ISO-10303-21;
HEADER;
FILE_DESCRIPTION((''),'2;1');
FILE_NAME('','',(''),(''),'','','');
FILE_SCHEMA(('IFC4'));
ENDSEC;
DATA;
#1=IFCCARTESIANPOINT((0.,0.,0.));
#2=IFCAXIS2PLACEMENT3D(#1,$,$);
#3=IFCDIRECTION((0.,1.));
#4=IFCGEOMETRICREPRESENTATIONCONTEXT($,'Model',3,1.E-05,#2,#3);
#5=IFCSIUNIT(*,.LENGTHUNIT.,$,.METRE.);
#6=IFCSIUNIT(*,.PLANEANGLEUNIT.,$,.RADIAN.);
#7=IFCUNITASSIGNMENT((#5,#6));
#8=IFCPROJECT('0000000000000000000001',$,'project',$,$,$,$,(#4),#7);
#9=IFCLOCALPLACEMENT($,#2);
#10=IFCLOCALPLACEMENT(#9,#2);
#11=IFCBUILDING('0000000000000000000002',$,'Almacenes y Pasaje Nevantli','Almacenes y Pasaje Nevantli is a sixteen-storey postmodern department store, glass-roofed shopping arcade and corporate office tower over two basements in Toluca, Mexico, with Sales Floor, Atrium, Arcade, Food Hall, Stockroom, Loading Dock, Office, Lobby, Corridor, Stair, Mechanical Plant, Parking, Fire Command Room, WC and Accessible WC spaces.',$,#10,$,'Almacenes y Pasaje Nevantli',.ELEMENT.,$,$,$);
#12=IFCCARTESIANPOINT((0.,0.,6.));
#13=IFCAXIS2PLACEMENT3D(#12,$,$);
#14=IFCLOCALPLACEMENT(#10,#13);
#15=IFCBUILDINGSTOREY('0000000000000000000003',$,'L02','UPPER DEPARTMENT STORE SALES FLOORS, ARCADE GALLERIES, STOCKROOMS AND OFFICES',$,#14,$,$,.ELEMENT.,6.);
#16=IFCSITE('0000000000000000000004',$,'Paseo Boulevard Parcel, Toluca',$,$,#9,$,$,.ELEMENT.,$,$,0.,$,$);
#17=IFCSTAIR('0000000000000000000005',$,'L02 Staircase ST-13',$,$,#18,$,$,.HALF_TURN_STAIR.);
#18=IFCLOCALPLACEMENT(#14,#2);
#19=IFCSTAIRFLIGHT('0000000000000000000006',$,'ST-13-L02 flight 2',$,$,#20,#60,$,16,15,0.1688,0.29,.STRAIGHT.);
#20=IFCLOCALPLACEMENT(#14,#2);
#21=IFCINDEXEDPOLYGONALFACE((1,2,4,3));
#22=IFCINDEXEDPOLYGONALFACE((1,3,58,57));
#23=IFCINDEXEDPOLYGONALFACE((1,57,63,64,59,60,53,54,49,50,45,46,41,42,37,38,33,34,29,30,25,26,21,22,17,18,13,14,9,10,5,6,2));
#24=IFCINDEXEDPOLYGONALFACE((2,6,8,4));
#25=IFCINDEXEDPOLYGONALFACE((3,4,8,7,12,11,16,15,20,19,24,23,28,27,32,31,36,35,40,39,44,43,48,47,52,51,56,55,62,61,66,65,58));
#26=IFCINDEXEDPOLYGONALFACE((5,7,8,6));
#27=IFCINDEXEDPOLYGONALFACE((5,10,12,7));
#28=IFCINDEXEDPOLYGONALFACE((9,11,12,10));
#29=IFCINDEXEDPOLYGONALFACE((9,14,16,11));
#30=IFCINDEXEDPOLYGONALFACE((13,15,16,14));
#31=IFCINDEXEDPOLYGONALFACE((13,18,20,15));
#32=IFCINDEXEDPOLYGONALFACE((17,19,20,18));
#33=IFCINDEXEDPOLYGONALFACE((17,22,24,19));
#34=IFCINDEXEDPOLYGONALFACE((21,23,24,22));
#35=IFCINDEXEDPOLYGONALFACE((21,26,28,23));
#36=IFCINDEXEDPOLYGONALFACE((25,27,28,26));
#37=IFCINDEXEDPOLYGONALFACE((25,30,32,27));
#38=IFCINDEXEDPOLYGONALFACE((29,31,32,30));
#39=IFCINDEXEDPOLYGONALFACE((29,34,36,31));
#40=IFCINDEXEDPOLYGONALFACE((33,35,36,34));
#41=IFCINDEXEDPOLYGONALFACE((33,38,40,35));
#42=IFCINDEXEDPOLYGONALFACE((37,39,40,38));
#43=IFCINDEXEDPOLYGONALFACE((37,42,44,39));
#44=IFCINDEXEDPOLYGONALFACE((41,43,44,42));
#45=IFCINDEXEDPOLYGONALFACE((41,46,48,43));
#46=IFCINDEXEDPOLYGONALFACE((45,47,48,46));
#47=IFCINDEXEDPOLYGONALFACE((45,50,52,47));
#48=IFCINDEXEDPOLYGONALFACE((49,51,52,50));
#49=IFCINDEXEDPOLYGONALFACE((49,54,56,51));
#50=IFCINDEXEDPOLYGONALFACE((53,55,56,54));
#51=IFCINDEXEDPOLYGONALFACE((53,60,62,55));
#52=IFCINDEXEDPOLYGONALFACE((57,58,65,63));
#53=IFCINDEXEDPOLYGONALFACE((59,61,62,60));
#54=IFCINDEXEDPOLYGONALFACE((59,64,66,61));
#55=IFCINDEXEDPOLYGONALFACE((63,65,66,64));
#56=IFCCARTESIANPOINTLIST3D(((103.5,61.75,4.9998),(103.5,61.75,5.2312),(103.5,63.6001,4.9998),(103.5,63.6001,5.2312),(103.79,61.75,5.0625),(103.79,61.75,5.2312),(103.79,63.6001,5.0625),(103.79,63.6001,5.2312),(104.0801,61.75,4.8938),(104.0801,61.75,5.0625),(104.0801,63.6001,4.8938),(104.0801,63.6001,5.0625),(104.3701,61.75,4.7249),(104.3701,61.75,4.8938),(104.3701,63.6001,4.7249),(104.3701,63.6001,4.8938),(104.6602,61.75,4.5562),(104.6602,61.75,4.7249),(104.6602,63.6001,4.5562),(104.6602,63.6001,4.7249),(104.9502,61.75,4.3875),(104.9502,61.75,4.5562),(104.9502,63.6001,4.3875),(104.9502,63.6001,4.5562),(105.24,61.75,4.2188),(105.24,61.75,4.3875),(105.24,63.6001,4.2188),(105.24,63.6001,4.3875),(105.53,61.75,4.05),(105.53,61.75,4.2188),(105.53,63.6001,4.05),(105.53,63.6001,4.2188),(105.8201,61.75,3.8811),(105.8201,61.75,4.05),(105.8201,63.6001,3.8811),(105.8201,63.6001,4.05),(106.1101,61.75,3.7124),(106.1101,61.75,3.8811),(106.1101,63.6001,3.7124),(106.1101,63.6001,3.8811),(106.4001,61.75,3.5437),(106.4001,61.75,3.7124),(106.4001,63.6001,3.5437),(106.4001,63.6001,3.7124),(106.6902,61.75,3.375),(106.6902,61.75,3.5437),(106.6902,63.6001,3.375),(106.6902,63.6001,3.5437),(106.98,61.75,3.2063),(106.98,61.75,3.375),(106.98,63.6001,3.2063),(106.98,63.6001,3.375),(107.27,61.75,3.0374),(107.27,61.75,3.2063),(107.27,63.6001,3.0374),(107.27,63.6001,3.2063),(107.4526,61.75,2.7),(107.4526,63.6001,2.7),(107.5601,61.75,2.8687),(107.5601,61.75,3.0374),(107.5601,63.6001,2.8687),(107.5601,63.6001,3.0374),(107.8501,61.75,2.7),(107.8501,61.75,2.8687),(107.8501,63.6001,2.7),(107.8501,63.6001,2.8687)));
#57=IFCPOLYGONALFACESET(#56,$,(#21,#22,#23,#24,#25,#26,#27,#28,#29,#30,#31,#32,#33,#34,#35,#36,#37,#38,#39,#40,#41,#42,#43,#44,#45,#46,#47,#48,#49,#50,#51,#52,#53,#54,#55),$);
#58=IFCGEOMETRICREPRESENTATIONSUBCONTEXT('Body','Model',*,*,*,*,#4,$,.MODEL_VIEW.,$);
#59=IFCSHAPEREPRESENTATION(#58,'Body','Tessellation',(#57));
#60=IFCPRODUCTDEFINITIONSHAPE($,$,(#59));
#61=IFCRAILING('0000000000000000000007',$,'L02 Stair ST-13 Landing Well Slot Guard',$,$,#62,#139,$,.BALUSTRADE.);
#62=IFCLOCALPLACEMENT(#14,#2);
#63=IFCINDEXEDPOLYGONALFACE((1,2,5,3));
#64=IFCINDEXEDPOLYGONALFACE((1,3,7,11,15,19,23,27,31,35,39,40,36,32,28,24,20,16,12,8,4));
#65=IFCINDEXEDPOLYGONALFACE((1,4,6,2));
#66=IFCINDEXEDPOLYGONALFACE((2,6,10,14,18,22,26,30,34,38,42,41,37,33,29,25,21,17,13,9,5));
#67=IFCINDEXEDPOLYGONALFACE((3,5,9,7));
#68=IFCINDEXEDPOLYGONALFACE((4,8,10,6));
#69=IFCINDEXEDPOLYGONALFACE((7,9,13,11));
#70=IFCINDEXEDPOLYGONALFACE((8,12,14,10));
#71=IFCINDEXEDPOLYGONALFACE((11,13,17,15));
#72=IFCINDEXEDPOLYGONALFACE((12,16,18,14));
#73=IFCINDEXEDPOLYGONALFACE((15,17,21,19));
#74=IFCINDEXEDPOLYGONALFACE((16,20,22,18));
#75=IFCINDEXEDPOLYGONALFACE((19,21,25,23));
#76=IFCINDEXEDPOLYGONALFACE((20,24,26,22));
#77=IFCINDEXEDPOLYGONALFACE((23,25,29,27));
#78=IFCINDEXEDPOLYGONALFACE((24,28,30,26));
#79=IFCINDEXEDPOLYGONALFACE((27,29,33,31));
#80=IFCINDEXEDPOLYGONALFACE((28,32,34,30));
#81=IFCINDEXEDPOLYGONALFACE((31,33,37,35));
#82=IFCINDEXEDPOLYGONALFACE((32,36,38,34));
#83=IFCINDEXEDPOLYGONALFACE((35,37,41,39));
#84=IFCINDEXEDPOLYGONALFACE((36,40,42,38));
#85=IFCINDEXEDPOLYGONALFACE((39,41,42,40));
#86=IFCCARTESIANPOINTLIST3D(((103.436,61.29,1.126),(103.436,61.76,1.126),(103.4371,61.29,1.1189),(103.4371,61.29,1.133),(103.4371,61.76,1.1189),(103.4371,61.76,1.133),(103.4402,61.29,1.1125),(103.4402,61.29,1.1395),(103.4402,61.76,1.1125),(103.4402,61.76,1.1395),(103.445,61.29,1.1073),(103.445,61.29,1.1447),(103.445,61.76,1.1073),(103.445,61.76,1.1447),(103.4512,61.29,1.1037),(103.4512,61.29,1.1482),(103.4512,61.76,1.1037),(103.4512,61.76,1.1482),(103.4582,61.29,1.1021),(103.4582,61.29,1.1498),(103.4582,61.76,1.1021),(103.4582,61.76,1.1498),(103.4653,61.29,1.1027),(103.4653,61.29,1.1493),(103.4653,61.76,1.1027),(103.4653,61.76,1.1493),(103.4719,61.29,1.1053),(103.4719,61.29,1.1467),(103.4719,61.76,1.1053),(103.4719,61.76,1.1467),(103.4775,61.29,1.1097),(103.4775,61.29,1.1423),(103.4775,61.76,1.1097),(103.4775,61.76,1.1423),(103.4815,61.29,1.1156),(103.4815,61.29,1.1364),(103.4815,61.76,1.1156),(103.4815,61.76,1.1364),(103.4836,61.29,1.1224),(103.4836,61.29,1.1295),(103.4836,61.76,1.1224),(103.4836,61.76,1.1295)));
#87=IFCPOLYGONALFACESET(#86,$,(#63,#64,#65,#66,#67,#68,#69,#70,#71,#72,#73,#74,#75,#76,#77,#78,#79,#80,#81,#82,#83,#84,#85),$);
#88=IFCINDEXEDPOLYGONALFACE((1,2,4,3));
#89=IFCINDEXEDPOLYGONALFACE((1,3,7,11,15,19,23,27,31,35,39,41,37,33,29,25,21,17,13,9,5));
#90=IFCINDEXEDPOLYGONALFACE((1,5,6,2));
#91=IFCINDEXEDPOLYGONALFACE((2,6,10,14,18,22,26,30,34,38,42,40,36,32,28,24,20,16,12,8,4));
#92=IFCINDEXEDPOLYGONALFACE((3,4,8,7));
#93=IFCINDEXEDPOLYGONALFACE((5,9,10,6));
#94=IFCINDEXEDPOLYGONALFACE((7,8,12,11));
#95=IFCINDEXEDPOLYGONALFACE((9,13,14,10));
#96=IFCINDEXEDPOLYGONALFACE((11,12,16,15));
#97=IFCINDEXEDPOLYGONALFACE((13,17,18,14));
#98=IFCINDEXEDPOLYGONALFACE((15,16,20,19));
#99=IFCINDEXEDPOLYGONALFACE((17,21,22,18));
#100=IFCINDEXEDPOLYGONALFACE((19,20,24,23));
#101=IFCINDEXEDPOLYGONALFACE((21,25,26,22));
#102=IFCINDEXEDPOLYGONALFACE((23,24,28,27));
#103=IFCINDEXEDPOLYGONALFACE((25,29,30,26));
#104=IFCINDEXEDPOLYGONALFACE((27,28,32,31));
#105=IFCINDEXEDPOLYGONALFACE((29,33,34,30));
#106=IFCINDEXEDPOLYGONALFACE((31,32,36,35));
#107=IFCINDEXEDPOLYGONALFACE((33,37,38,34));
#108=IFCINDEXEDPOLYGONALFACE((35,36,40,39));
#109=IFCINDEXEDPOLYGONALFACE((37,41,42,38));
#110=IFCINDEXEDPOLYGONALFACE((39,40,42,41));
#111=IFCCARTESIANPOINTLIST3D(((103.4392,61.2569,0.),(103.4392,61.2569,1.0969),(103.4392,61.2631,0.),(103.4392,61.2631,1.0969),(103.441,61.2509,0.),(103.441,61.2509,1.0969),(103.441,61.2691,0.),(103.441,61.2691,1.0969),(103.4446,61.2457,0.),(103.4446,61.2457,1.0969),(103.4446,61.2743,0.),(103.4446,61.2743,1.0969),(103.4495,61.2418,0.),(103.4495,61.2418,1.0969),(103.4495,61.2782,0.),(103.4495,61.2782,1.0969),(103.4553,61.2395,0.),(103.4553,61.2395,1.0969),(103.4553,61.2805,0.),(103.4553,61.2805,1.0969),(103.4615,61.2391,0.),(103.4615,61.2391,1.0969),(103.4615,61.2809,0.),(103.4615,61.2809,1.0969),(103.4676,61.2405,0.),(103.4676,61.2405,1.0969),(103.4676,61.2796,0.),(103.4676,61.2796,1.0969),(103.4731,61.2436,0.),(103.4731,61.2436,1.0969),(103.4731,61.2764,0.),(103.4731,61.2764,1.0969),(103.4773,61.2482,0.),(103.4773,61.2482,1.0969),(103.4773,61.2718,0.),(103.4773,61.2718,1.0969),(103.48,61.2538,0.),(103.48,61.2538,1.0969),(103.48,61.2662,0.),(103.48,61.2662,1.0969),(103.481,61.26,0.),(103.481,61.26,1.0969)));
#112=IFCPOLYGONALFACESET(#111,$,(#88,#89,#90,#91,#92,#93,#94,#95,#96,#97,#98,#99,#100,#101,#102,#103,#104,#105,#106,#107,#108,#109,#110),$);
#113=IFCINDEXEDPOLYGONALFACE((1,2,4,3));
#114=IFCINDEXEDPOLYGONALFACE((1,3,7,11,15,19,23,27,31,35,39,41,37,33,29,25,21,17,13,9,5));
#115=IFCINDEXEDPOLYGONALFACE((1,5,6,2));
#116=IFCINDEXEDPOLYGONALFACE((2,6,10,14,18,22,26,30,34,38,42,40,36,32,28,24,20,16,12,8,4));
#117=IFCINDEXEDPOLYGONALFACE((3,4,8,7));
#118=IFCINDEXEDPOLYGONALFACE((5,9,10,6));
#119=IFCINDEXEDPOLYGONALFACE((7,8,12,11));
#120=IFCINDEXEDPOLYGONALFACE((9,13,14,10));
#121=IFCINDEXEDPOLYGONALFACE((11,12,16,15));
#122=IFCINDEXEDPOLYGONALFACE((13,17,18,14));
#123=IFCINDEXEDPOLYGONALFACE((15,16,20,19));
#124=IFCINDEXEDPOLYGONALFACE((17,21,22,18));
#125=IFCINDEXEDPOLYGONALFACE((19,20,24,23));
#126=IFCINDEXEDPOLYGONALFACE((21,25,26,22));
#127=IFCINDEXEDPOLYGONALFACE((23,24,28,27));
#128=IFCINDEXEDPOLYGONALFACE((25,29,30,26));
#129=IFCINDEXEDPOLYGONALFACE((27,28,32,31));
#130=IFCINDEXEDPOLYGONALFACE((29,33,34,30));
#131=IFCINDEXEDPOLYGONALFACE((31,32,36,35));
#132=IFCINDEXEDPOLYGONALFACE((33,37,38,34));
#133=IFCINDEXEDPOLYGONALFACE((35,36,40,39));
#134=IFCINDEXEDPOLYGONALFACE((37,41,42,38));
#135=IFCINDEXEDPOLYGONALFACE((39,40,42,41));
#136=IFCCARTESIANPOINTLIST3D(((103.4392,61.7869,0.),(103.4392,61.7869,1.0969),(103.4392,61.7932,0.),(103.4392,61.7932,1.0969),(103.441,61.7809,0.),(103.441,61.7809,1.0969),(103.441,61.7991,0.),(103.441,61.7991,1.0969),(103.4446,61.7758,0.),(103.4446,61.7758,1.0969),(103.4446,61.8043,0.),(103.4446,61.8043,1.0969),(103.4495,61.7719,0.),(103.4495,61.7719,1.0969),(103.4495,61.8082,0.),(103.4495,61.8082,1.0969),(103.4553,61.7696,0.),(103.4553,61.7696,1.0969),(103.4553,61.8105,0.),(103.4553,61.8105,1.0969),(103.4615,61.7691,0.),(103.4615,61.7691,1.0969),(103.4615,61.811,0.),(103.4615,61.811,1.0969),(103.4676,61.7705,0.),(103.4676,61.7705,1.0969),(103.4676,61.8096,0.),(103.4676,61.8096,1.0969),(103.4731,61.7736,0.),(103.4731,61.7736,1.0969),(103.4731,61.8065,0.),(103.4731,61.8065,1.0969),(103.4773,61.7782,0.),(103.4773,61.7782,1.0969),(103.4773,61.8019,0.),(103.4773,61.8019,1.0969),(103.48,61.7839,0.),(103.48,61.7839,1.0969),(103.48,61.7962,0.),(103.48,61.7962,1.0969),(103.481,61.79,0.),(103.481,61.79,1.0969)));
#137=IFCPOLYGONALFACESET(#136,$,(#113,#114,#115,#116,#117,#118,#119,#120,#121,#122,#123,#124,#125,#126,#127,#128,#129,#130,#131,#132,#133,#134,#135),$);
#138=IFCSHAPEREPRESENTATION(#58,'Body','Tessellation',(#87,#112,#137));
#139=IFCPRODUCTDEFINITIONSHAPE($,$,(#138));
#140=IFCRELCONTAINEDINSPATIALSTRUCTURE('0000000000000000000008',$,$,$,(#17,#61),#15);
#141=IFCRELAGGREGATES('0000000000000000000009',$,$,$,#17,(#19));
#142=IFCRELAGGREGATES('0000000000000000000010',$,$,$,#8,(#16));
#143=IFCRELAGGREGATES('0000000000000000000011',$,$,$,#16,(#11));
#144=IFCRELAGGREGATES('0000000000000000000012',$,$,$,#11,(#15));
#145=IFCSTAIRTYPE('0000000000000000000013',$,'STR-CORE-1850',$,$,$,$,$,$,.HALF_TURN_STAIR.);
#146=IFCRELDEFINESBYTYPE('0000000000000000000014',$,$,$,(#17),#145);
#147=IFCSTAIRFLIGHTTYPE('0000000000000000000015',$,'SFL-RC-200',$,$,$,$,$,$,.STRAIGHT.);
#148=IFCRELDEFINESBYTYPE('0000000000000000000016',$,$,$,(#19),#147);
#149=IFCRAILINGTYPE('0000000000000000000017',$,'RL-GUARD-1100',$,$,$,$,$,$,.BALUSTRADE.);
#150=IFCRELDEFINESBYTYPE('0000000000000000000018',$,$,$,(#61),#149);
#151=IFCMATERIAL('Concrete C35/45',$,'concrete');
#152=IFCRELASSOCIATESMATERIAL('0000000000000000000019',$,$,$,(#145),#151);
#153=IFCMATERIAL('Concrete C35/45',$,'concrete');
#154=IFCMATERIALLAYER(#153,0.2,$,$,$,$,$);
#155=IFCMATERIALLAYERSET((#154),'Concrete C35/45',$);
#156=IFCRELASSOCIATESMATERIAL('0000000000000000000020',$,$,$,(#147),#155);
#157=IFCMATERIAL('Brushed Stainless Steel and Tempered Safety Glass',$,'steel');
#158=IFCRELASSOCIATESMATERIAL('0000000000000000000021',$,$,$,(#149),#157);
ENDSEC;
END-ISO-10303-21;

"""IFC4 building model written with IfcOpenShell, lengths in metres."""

from ifc_helpers import new_model, si_unit, direction, frame, origin, origin_2d, place, context, subcontext, project, spatial, polyline, circle, outline, extrude, material, layer, layer_set, type_object, element, aggregate, save


model = new_model("IFC4")

# Units and contexts
model_context = context("Model", 3, precision=1e-05, world=origin(), true_north=direction((0.0, 1.0)))
body_context = subcontext(model_context, "Body", "Model", "MODEL_VIEW")
ifc_project = project(units=[si_unit("LENGTHUNIT", "METRE"), si_unit("PLANEANGLEUNIT", "RADIAN")], contexts=[model_context])

# Site, building, storey
site_placement = place(None, origin())
site = spatial("IfcSite", under=ifc_project, at=site_placement, Name="Paseo Boulevard Parcel, Toluca", CompositionType="ELEMENT", RefElevation=0.0)
building_placement = place(site_placement, origin())
building = spatial("IfcBuilding", under=site, at=building_placement, Name="Almacenes y Pasaje Nevantli", Description="Almacenes y Pasaje Nevantli is a sixteen-storey postmodern department store, glass-roofed shopping arcade and corporate office tower over two basements in Toluca, Mexico, with Sales Floor, Atrium, Arcade, Food Hall, Stockroom, Loading Dock, Office, Lobby, Corridor, Stair, Mechanical Plant, Parking, Fire Command Room, WC and Accessible WC spaces.", LongName="Almacenes y Pasaje Nevantli", CompositionType="ELEMENT")
storey_placement = place(building_placement, frame((0.0, 0.0, 6.0)))
storey = spatial("IfcBuildingStorey", under=building, at=storey_placement, Name="L02", Description="UPPER DEPARTMENT STORE SALES FLOORS, ARCADE GALLERIES, STOCKROOMS AND OFFICES", CompositionType="ELEMENT", Elevation=6.0)

# Stair, stair flight
ifc_material_1 = material(Name="Concrete C35/45", Category="concrete")
stair_type = type_object("IfcStairType", Name="STR-CORE-1850", PredefinedType="HALF_TURN_STAIR", material=ifc_material_1)
stair_placement = place(storey_placement, origin())
stair = element("IfcStair", 1, at=stair_placement, inside=storey, type_object=stair_type, Name="L02 Staircase ST-13", PredefinedType="HALF_TURN_STAIR")
ifc_material_2 = material(Name="Concrete C35/45", Category="concrete")
ifc_layer_1 = layer(ifc_material_2, 0.2)
ifc_layer_set_1 = layer_set([ifc_layer_1], Name="Concrete C35/45")
stair_flight_type = type_object("IfcStairFlightType", Name="SFL-RC-200", PredefinedType="STRAIGHT", material=ifc_layer_set_1)
stair_flight_1_placement = place(storey_placement, frame((107.8501, 62.675, 2.7), z_axis=(0.0, 0.0, 1.0), x_axis=(-1.0, 0.0, 0.0)))
stair_flight_1 = element("IfcStairFlight", 2, at=stair_flight_1_placement, type_object=stair_flight_type, Name="ST-13-L02 flight 2", NumberOfRisers=16, NumberOfTreads=15, PredefinedType="STRAIGHT", RiserHeight=0.1688, TreadLength=0.29, context=body_context, shape_type="SweptSolid", body=[
    extrude(outline(polyline([(0.0, 0.0), (0.0, 0.1687), (0.29, 0.1687), (0.29, 0.3374), (0.5801, 0.3374), (0.5801, 0.5063), (0.8701, 0.5063), (0.8701, 0.675), (1.1599, 0.675), (1.1599, 0.8438), (1.45, 0.8438), (1.45, 1.0125), (1.74, 1.0125), (1.74, 1.1812), (2.03, 1.1812), (2.03, 1.3501), (2.3201, 1.3501), (2.3201, 1.5188), (2.6101, 1.5188), (2.6101, 1.6875), (2.8999, 1.6875), (2.8999, 1.8562), (3.1899, 1.8562), (3.1899, 2.0249), (3.48, 2.0249), (3.48, 2.1938), (3.77, 2.1938), (3.77, 2.3625), (4.0601, 2.3625), (4.0601, 2.5312), (4.3501, 2.5312), (4.3501, 2.7), (4.3501, 2.2998), (0.3975, 0.0), (0.0, 0.0)])), frame((0.0, 0.925, 0.0), z_axis=(0.0, -1.0, 0.0), x_axis=(1.0, 0.0, 0.0)), (0.0, 0.0, 1.0), 1.8501),
])
aggregate(stair, [stair_flight_1])

# Railing
ifc_material_3 = material(Name="Brushed Stainless Steel and Tempered Safety Glass", Category="steel")
railing_type_1 = type_object("IfcRailingType", Name="RL-GUARD-1100", PredefinedType="BALUSTRADE", material=ifc_material_3)
railing_1_placement = place(storey_placement, frame((103.46, 61.26, 0.0)))
element("IfcRailing", 3, at=railing_1_placement, inside=storey, type_object=railing_type_1, Name="L02 Stair ST-13 Landing Well Slot Guard", PredefinedType="BALUSTRADE", context=body_context, shape_type="SweptSolid", body=[
    extrude(circle(Radius=0.0239, at=origin_2d()), frame((0.0, 0.03, 1.126), z_axis=(0.0, 1.0, 0.0), x_axis=(-1.0, 0.0, 0.0)), (0.0, 0.0, 1.0), 0.47),
    extrude(circle(Radius=0.021, at=origin_2d()), origin(), (0.0, 0.0, 1.0), 1.0969),
    extrude(circle(Radius=0.021, at=origin_2d()), frame((0.0, 0.53, 0.0)), (0.0, 0.0, 1.0), 1.0969),
])

save(model, "model.ifc")
